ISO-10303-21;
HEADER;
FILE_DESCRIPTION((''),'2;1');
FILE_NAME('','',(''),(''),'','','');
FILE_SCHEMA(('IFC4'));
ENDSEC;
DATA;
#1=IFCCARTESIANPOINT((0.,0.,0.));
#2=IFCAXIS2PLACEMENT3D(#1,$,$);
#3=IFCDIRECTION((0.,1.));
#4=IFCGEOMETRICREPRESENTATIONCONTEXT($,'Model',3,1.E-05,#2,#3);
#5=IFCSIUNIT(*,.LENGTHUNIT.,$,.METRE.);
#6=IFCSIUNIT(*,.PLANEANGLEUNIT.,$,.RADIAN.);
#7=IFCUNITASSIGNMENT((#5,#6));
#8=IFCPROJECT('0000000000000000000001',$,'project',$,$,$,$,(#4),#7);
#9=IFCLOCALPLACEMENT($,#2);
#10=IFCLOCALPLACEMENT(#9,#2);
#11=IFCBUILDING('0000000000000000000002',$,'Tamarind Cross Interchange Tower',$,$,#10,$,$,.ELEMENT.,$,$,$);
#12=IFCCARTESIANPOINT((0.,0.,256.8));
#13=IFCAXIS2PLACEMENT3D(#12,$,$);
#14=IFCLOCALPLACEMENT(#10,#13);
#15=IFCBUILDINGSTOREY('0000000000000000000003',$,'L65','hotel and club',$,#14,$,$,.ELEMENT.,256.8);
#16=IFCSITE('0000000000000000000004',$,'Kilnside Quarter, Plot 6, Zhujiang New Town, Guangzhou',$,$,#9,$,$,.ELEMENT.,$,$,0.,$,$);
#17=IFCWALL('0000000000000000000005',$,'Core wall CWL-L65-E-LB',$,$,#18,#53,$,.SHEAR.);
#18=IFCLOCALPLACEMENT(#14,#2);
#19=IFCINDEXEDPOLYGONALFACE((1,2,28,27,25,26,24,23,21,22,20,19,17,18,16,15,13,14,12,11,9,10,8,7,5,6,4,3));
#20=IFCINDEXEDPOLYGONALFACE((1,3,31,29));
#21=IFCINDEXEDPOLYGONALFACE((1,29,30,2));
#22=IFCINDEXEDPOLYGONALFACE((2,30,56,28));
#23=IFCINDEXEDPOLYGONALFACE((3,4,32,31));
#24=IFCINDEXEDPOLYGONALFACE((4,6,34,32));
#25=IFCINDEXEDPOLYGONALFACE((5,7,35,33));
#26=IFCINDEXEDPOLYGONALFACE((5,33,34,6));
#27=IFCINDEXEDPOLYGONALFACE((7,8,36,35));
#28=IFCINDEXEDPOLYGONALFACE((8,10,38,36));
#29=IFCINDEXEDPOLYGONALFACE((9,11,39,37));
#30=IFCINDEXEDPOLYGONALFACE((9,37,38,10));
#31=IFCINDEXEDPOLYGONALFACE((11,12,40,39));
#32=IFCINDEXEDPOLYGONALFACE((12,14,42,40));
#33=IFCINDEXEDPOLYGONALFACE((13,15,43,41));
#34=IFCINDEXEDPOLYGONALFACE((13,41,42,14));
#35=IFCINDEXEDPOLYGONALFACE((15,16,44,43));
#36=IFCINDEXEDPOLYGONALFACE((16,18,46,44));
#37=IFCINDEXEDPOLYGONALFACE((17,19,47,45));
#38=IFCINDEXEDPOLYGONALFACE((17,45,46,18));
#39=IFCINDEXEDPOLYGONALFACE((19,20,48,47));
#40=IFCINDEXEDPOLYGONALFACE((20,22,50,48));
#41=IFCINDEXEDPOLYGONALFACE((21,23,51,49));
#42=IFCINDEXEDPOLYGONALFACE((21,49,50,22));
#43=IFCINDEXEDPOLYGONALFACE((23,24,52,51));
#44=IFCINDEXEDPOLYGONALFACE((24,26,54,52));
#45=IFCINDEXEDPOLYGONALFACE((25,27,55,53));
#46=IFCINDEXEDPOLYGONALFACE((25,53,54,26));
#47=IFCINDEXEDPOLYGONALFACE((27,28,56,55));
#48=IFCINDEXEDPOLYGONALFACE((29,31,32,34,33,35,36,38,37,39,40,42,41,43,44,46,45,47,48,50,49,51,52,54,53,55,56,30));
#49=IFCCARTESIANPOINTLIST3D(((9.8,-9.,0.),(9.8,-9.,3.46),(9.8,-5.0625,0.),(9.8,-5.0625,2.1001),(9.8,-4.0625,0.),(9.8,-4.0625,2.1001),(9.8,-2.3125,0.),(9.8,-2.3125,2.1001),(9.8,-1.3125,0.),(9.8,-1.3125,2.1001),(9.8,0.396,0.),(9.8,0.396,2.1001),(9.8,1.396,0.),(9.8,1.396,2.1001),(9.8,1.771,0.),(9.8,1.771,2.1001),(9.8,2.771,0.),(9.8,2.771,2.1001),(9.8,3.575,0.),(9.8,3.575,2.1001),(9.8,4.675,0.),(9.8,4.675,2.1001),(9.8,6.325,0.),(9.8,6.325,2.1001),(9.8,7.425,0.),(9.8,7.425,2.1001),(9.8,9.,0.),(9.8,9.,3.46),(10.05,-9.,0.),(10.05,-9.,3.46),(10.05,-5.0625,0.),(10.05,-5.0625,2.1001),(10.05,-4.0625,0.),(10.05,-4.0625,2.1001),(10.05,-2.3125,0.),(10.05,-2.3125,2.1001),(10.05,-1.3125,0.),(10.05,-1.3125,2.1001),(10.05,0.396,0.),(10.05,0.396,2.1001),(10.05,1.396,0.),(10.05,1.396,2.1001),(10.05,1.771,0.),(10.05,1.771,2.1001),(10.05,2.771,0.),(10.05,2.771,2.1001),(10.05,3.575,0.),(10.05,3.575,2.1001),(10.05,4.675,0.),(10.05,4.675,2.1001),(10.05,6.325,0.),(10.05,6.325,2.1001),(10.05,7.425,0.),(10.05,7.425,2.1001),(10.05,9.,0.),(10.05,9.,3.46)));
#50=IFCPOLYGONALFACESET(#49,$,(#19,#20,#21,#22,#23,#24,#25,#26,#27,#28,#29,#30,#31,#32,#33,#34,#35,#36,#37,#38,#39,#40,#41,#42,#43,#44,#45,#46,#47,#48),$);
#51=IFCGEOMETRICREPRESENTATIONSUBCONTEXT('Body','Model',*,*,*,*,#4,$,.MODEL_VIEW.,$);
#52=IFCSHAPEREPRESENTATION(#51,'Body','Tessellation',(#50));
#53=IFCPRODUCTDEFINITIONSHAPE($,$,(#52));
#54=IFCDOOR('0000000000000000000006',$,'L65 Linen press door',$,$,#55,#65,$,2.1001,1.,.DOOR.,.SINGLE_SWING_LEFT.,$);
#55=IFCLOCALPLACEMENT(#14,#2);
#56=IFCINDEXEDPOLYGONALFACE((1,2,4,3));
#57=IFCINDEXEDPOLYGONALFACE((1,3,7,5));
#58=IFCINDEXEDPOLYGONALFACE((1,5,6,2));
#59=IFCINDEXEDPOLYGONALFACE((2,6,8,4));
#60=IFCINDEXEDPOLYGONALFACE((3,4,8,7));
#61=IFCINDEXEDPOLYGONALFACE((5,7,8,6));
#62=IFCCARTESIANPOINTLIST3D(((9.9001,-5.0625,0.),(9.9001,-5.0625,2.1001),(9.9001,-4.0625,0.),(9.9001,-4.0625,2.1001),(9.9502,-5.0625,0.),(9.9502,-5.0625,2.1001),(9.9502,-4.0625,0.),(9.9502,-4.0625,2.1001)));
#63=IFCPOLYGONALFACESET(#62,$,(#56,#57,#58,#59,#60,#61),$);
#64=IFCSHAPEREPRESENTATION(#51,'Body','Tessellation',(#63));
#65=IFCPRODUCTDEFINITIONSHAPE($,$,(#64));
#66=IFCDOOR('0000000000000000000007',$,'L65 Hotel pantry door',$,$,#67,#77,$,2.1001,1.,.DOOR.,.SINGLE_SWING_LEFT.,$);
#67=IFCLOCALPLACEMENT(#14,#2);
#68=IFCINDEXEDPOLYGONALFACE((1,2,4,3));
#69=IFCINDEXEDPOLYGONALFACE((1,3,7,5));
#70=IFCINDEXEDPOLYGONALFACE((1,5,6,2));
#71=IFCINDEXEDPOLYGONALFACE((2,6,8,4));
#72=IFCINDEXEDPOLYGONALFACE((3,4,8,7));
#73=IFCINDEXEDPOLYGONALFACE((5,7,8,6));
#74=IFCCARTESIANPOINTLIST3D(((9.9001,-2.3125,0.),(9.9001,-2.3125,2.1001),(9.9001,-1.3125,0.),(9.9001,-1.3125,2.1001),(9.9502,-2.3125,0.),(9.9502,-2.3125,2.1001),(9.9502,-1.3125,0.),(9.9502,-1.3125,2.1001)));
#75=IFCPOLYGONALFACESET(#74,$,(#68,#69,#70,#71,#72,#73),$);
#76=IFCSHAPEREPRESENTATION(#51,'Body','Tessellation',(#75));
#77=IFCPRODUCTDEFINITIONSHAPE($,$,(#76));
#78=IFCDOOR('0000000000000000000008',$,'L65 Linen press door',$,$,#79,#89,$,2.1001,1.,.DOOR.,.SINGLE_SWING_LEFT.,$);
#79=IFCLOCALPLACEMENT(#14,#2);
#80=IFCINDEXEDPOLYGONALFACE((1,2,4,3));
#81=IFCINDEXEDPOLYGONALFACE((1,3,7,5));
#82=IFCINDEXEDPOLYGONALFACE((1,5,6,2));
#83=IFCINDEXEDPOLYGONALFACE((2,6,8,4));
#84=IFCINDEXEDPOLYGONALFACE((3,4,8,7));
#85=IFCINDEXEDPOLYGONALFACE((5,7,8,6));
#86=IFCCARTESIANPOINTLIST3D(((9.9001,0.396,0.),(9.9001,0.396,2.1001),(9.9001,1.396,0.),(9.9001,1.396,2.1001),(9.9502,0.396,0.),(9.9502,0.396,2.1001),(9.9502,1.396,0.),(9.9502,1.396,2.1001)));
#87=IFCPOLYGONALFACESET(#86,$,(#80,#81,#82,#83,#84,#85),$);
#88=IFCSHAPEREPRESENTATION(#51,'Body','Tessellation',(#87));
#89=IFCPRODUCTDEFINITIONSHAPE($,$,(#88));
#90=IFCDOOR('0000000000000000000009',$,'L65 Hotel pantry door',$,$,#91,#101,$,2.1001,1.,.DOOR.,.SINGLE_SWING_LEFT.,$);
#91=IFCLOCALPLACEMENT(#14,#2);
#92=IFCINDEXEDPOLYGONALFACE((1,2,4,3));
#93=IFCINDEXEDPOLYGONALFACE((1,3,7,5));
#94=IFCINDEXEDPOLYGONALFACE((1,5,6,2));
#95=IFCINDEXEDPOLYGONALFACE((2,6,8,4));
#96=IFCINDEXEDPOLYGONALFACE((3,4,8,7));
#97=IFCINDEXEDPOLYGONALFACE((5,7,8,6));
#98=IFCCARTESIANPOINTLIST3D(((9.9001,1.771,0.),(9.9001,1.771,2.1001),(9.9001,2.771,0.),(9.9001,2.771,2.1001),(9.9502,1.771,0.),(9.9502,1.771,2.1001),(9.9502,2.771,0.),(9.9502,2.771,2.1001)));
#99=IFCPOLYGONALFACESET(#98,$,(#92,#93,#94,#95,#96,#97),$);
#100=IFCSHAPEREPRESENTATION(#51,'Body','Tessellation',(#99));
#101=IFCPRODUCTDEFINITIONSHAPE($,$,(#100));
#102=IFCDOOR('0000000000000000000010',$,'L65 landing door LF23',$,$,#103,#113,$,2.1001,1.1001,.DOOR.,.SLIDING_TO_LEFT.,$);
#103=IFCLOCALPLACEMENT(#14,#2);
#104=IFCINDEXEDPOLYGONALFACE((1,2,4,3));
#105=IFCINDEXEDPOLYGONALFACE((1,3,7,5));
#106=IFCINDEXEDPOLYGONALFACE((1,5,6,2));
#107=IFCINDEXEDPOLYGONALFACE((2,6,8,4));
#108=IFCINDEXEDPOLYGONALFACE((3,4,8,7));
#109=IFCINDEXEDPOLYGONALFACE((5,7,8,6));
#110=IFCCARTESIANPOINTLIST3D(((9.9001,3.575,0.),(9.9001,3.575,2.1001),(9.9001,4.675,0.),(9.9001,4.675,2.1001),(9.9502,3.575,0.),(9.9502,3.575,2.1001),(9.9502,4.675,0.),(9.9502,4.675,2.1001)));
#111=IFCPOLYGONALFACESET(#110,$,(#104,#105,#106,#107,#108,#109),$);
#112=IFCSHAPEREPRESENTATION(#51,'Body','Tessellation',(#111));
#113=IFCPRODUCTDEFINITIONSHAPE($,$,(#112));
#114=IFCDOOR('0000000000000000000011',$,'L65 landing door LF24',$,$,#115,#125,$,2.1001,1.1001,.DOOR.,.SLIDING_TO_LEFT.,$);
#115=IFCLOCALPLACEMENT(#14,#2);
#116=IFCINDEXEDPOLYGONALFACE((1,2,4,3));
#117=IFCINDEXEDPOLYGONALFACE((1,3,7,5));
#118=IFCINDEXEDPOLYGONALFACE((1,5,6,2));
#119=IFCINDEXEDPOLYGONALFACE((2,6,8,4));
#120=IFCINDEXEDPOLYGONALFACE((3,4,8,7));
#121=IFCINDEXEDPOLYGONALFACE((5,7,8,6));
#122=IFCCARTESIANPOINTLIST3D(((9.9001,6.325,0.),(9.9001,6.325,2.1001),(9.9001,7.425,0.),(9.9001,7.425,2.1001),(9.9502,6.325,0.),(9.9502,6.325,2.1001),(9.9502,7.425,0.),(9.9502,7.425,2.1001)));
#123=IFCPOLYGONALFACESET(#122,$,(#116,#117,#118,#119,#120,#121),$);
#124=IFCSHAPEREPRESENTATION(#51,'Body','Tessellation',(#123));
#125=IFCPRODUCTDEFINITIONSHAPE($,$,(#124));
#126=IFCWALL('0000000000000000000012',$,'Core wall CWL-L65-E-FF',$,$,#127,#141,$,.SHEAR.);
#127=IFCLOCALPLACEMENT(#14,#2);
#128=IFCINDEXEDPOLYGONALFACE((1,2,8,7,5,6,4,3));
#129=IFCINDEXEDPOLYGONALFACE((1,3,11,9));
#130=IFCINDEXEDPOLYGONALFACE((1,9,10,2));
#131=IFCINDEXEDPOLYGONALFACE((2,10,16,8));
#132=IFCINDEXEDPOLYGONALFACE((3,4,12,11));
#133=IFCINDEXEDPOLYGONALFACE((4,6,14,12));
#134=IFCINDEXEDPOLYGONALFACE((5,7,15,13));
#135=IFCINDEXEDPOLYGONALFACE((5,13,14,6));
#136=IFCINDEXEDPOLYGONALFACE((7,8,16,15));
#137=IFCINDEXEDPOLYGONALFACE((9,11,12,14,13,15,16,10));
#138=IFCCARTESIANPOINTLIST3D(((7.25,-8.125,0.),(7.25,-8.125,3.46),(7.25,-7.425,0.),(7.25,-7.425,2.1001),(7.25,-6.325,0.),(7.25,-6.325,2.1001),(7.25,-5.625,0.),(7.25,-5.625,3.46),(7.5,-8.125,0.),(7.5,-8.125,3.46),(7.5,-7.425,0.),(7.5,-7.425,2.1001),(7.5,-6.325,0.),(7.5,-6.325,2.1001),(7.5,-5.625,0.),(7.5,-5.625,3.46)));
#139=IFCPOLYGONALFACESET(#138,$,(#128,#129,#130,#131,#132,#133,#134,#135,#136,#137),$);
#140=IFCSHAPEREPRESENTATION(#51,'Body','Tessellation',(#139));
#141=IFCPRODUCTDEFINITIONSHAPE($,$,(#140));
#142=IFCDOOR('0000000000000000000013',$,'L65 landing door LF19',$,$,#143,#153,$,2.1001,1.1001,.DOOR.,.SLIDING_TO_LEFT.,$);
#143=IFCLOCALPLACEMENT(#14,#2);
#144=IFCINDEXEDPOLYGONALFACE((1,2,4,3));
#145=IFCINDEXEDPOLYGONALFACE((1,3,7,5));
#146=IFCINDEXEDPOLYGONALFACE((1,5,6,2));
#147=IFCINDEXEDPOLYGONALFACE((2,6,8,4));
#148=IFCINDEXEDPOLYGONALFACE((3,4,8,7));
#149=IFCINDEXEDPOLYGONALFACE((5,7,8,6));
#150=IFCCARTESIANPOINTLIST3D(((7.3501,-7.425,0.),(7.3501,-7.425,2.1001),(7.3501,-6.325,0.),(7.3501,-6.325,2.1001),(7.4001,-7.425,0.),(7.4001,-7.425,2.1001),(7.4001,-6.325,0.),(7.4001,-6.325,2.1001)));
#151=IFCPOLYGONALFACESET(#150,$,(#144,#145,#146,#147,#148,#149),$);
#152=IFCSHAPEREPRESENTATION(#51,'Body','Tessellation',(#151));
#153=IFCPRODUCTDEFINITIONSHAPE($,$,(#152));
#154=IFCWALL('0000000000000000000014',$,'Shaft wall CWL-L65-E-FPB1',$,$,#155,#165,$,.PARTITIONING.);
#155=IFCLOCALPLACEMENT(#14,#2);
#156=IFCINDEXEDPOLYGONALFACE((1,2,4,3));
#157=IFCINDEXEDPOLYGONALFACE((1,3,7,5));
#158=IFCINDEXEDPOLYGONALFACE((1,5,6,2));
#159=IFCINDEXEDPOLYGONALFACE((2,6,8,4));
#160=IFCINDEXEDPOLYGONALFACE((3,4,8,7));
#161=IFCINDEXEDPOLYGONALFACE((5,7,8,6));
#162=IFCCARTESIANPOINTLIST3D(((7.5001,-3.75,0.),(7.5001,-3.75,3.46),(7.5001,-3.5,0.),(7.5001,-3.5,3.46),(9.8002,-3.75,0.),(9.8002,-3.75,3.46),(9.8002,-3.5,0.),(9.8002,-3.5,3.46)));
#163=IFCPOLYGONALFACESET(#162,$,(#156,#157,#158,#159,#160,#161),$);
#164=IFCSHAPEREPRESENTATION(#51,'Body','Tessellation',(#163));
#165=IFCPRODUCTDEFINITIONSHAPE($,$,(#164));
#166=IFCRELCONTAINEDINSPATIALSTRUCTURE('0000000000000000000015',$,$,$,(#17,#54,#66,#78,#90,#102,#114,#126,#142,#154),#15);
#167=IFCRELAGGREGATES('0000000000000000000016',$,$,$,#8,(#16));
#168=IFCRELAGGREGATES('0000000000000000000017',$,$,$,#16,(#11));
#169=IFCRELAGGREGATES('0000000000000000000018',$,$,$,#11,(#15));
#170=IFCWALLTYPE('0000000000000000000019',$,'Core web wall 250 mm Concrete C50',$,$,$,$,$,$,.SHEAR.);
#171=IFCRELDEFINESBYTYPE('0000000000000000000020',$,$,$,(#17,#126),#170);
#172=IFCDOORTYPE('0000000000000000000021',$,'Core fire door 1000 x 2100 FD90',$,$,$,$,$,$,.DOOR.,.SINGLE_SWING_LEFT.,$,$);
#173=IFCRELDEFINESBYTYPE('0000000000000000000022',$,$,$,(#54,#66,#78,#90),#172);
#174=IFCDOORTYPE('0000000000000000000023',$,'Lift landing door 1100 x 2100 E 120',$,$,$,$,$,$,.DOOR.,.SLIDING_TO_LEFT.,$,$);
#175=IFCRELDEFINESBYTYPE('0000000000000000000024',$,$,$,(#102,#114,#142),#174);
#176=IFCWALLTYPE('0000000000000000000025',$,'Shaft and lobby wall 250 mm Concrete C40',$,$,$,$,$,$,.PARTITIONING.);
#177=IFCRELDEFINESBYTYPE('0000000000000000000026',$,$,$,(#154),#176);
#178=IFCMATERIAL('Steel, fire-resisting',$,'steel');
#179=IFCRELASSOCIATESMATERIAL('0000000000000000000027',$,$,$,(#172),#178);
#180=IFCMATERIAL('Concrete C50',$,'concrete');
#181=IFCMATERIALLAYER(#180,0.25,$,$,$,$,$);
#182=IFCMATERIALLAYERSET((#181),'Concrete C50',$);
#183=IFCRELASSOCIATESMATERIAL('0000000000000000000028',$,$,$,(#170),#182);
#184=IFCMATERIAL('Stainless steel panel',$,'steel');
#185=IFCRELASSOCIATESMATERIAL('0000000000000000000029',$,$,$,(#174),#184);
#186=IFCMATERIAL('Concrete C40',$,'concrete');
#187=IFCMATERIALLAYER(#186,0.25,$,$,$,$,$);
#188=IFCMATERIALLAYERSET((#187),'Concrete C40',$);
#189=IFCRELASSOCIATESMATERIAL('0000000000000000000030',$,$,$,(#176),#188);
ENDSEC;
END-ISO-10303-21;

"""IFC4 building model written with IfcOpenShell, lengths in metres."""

from ifc_helpers import new_model, si_unit, direction, frame, frame_2d, origin, place, context, subcontext, project, spatial, rectangle, extrude, material, layer, layer_set, type_object, element, fill, save


model = new_model("IFC4")

# Units and contexts
model_context = context("Model", 3, precision=1e-05, world=origin(), true_north=direction((0.0, 1.0)))
body_context = subcontext(model_context, "Body", "Model", "MODEL_VIEW")
ifc_project = project(units=[si_unit("LENGTHUNIT", "METRE"), si_unit("PLANEANGLEUNIT", "RADIAN")], contexts=[model_context])

# Site, building, storey
site_placement = place(None, origin())
site = spatial("IfcSite", under=ifc_project, at=site_placement, Name="Kilnside Quarter, Plot 6, Zhujiang New Town, Guangzhou", CompositionType="ELEMENT", RefElevation=0.0)
building_placement = place(site_placement, origin())
building = spatial("IfcBuilding", under=site, at=building_placement, Name="Tamarind Cross Interchange Tower", CompositionType="ELEMENT")
storey_placement = place(building_placement, frame((0.0, 0.0, 256.8)))
storey = spatial("IfcBuildingStorey", under=building, at=storey_placement, Name="L65", Description="hotel and club", CompositionType="ELEMENT", Elevation=256.8)

# Shared definitions
ifc_material_1 = material(Name="Concrete C50", Category="concrete")
ifc_material_2 = material(Name="Steel, fire-resisting", Category="steel")
door_type_1 = type_object("IfcDoorType", Name="Core fire door 1000 x 2100 FD90", OperationType="SINGLE_SWING_LEFT", PredefinedType="DOOR", material=ifc_material_2)

# Shared definitions
ifc_layer_1 = layer(ifc_material_1, 0.25)
ifc_layer_set_1 = layer_set([ifc_layer_1], Name="Concrete C50")
wall_type_1 = type_object("IfcWallType", Name="Core web wall 250 mm Concrete C50", PredefinedType="SHEAR", material=ifc_layer_set_1)

# Wall, openings, doors
wall_1_placement = place(storey_placement, frame((9.925, -9.0, 0.0), z_axis=(0.0, 0.0, 1.0), x_axis=(0.0, 1.0, 0.0)))
wall_1 = element("IfcWall", 1, at=wall_1_placement, inside=storey, type_object=wall_type_1, Name="Core wall CWL-L65-E-LB", PredefinedType="SHEAR", context=body_context, shape_type="SweptSolid", body=[
    extrude(rectangle(XDim=18.0, YDim=0.25, at=frame_2d((9.0, 0.0))), origin(), (0.0, 0.0, 1.0), 3.46),
])
opening_1_placement = place(wall_1_placement, frame((12.575, 0.0, 0.0)))
opening_1 = element("IfcOpeningElement", 2, at=opening_1_placement, cuts=wall_1, PredefinedType="OPENING", context=body_context, shape_type="SweptSolid", body=[
    extrude(rectangle(XDim=1.1001, YDim=2.1001, at=frame_2d((0.55, 1.05))), frame((0.0, 0.135, 0.0), z_axis=(0.0, -1.0, 0.0), x_axis=(1.0, 0.0, 0.0)), (0.0, 0.0, 1.0), 0.27),
])
opening_2_placement = place(wall_1_placement, frame((15.325, 0.0, 0.0)))
opening_2 = element("IfcOpeningElement", 3, at=opening_2_placement, cuts=wall_1, PredefinedType="OPENING", context=body_context, shape_type="SweptSolid", body=[
    extrude(rectangle(XDim=1.1001, YDim=2.1001, at=frame_2d((0.55, 1.05))), frame((0.0, 0.135, 0.0), z_axis=(0.0, -1.0, 0.0), x_axis=(1.0, 0.0, 0.0)), (0.0, 0.0, 1.0), 0.27),
])
opening_3_placement = place(wall_1_placement, frame((3.9375, 0.0, 0.0)))
opening_3 = element("IfcOpeningElement", 4, at=opening_3_placement, cuts=wall_1, PredefinedType="OPENING", context=body_context, shape_type="SweptSolid", body=[
    extrude(rectangle(XDim=1.0, YDim=2.1001, at=frame_2d((0.5, 1.05))), frame((0.0, 0.135, 0.0), z_axis=(0.0, -1.0, 0.0), x_axis=(1.0, 0.0, 0.0)), (0.0, 0.0, 1.0), 0.27),
])
opening_4_placement = place(wall_1_placement, frame((6.6875, 0.0, 0.0)))
opening_4 = element("IfcOpeningElement", 5, at=opening_4_placement, cuts=wall_1, PredefinedType="OPENING", context=body_context, shape_type="SweptSolid", body=[
    extrude(rectangle(XDim=1.0, YDim=2.1001, at=frame_2d((0.5, 1.05))), frame((0.0, 0.135, 0.0), z_axis=(0.0, -1.0, 0.0), x_axis=(1.0, 0.0, 0.0)), (0.0, 0.0, 1.0), 0.27),
])
opening_5_placement = place(wall_1_placement, frame((9.396, 0.0, 0.0)))
opening_5 = element("IfcOpeningElement", 6, at=opening_5_placement, cuts=wall_1, PredefinedType="OPENING", context=body_context, shape_type="SweptSolid", body=[
    extrude(rectangle(XDim=1.0, YDim=2.1001, at=frame_2d((0.5, 1.05))), frame((0.0, 0.135, 0.0), z_axis=(0.0, -1.0, 0.0), x_axis=(1.0, 0.0, 0.0)), (0.0, 0.0, 1.0), 0.27),
])
opening_6_placement = place(wall_1_placement, frame((10.771, 0.0, 0.0)))
opening_6 = element("IfcOpeningElement", 7, at=opening_6_placement, cuts=wall_1, PredefinedType="OPENING", context=body_context, shape_type="SweptSolid", body=[
    extrude(rectangle(XDim=1.0, YDim=2.1001, at=frame_2d((0.5, 1.05))), frame((0.0, 0.135, 0.0), z_axis=(0.0, -1.0, 0.0), x_axis=(1.0, 0.0, 0.0)), (0.0, 0.0, 1.0), 0.27),
])
door_1_placement = place(opening_3_placement, origin())
door_1 = element("IfcDoor", 8, at=door_1_placement, inside=storey, type_object=door_type_1, Name="L65 Linen press door", OperationType="SINGLE_SWING_LEFT", OverallHeight=2.1001, OverallWidth=1.0, PredefinedType="DOOR", context=body_context, shape_type="SweptSolid", body=[
    extrude(rectangle(XDim=1.0, YDim=2.1001, at=frame_2d((0.5, 1.05))), frame((0.0, 0.0249, 0.0), z_axis=(0.0, -1.0, 0.0), x_axis=(1.0, 0.0, 0.0)), (0.0, 0.0, 1.0), 0.05),
])
fill(opening_3, door_1)
door_2_placement = place(opening_4_placement, origin())
door_2 = element("IfcDoor", 9, at=door_2_placement, inside=storey, type_object=door_type_1, Name="L65 Hotel pantry door", OperationType="SINGLE_SWING_LEFT", OverallHeight=2.1001, OverallWidth=1.0, PredefinedType="DOOR", context=body_context, shape_type="SweptSolid", body=[
    extrude(rectangle(XDim=1.0, YDim=2.1001, at=frame_2d((0.5, 1.05))), frame((0.0, 0.0249, 0.0), z_axis=(0.0, -1.0, 0.0), x_axis=(1.0, 0.0, 0.0)), (0.0, 0.0, 1.0), 0.05),
])
fill(opening_4, door_2)
door_3_placement = place(opening_5_placement, origin())
door_3 = element("IfcDoor", 10, at=door_3_placement, inside=storey, type_object=door_type_1, Name="L65 Linen press door", OperationType="SINGLE_SWING_LEFT", OverallHeight=2.1001, OverallWidth=1.0, PredefinedType="DOOR", context=body_context, shape_type="SweptSolid", body=[
    extrude(rectangle(XDim=1.0, YDim=2.1001, at=frame_2d((0.5, 1.05))), frame((0.0, 0.0249, 0.0), z_axis=(0.0, -1.0, 0.0), x_axis=(1.0, 0.0, 0.0)), (0.0, 0.0, 1.0), 0.05),
])
fill(opening_5, door_3)
door_4_placement = place(opening_6_placement, origin())
door_4 = element("IfcDoor", 11, at=door_4_placement, inside=storey, type_object=door_type_1, Name="L65 Hotel pantry door", OperationType="SINGLE_SWING_LEFT", OverallHeight=2.1001, OverallWidth=1.0, PredefinedType="DOOR", context=body_context, shape_type="SweptSolid", body=[
    extrude(rectangle(XDim=1.0, YDim=2.1001, at=frame_2d((0.5, 1.05))), frame((0.0, 0.0249, 0.0), z_axis=(0.0, -1.0, 0.0), x_axis=(1.0, 0.0, 0.0)), (0.0, 0.0, 1.0), 0.05),
])
fill(opening_6, door_4)
ifc_material_3 = material(Name="Stainless steel panel", Category="steel")
door_type_2 = type_object("IfcDoorType", Name="Lift landing door 1100 x 2100 E 120", OperationType="SLIDING_TO_LEFT", PredefinedType="DOOR", material=ifc_material_3)
door_5_placement = place(opening_1_placement, origin())
door_5 = element("IfcDoor", 12, at=door_5_placement, inside=storey, type_object=door_type_2, Name="L65 landing door LF23", OperationType="SLIDING_TO_LEFT", OverallHeight=2.1001, OverallWidth=1.1001, PredefinedType="DOOR", context=body_context, shape_type="SweptSolid", body=[
    extrude(rectangle(XDim=1.1001, YDim=2.1001, at=frame_2d((0.55, 1.05))), frame((0.0, 0.0249, 0.0), z_axis=(0.0, -1.0, 0.0), x_axis=(1.0, 0.0, 0.0)), (0.0, 0.0, 1.0), 0.05),
])
fill(opening_1, door_5)
door_6_placement = place(opening_2_placement, origin())
door_6 = element("IfcDoor", 13, at=door_6_placement, inside=storey, type_object=door_type_2, Name="L65 landing door LF24", OperationType="SLIDING_TO_LEFT", OverallHeight=2.1001, OverallWidth=1.1001, PredefinedType="DOOR", context=body_context, shape_type="SweptSolid", body=[
    extrude(rectangle(XDim=1.1001, YDim=2.1001, at=frame_2d((0.55, 1.05))), frame((0.0, 0.0249, 0.0), z_axis=(0.0, -1.0, 0.0), x_axis=(1.0, 0.0, 0.0)), (0.0, 0.0, 1.0), 0.05),
])
fill(opening_2, door_6)

# Wall, opening, door
wall_2_placement = place(storey_placement, frame((7.375, -8.125, 0.0), z_axis=(0.0, 0.0, 1.0), x_axis=(0.0, 1.0, 0.0)))
wall_2 = element("IfcWall", 14, at=wall_2_placement, inside=storey, type_object=wall_type_1, Name="Core wall CWL-L65-E-FF", PredefinedType="SHEAR", context=body_context, shape_type="SweptSolid", body=[
    extrude(rectangle(XDim=2.5, YDim=0.25, at=frame_2d((1.25, 0.0))), origin(), (0.0, 0.0, 1.0), 3.46),
])
opening_7_placement = place(wall_2_placement, frame((0.7, 0.0, 0.0)))
opening_7 = element("IfcOpeningElement", 15, at=opening_7_placement, cuts=wall_2, PredefinedType="OPENING", context=body_context, shape_type="SweptSolid", body=[
    extrude(rectangle(XDim=1.1001, YDim=2.1001, at=frame_2d((0.55, 1.05))), frame((0.0, 0.135, 0.0), z_axis=(0.0, -1.0, 0.0), x_axis=(1.0, 0.0, 0.0)), (0.0, 0.0, 1.0), 0.27),
])
door_7_placement = place(opening_7_placement, origin())
door_7 = element("IfcDoor", 16, at=door_7_placement, inside=storey, type_object=door_type_2, Name="L65 landing door LF19", OperationType="SLIDING_TO_LEFT", OverallHeight=2.1001, OverallWidth=1.1001, PredefinedType="DOOR", context=body_context, shape_type="SweptSolid", body=[
    extrude(rectangle(XDim=1.1001, YDim=2.1001, at=frame_2d((0.55, 1.05))), frame((0.0, 0.0249, 0.0), z_axis=(0.0, -1.0, 0.0), x_axis=(1.0, 0.0, 0.0)), (0.0, 0.0, 1.0), 0.05),
])
fill(opening_7, door_7)

# Wall
ifc_material_4 = material(Name="Concrete C40", Category="concrete")
ifc_layer_2 = layer(ifc_material_4, 0.25)
ifc_layer_set_2 = layer_set([ifc_layer_2], Name="Concrete C40")
wall_type_2 = type_object("IfcWallType", Name="Shaft and lobby wall 250 mm Concrete C40", PredefinedType="PARTITIONING", material=ifc_layer_set_2)
wall_3_placement = place(storey_placement, frame((9.8, -3.625, 0.0), z_axis=(0.0, 0.0, 1.0), x_axis=(-1.0, 0.0, 0.0)))
element("IfcWall", 17, at=wall_3_placement, inside=storey, type_object=wall_type_2, Name="Shaft wall CWL-L65-E-FPB1", PredefinedType="PARTITIONING", context=body_context, shape_type="SweptSolid", body=[
    extrude(rectangle(XDim=2.3, YDim=0.25, at=frame_2d((1.1499, 0.0))), origin(), (0.0, 0.0, 1.0), 3.46),
])

save(model, "model.ifc")
